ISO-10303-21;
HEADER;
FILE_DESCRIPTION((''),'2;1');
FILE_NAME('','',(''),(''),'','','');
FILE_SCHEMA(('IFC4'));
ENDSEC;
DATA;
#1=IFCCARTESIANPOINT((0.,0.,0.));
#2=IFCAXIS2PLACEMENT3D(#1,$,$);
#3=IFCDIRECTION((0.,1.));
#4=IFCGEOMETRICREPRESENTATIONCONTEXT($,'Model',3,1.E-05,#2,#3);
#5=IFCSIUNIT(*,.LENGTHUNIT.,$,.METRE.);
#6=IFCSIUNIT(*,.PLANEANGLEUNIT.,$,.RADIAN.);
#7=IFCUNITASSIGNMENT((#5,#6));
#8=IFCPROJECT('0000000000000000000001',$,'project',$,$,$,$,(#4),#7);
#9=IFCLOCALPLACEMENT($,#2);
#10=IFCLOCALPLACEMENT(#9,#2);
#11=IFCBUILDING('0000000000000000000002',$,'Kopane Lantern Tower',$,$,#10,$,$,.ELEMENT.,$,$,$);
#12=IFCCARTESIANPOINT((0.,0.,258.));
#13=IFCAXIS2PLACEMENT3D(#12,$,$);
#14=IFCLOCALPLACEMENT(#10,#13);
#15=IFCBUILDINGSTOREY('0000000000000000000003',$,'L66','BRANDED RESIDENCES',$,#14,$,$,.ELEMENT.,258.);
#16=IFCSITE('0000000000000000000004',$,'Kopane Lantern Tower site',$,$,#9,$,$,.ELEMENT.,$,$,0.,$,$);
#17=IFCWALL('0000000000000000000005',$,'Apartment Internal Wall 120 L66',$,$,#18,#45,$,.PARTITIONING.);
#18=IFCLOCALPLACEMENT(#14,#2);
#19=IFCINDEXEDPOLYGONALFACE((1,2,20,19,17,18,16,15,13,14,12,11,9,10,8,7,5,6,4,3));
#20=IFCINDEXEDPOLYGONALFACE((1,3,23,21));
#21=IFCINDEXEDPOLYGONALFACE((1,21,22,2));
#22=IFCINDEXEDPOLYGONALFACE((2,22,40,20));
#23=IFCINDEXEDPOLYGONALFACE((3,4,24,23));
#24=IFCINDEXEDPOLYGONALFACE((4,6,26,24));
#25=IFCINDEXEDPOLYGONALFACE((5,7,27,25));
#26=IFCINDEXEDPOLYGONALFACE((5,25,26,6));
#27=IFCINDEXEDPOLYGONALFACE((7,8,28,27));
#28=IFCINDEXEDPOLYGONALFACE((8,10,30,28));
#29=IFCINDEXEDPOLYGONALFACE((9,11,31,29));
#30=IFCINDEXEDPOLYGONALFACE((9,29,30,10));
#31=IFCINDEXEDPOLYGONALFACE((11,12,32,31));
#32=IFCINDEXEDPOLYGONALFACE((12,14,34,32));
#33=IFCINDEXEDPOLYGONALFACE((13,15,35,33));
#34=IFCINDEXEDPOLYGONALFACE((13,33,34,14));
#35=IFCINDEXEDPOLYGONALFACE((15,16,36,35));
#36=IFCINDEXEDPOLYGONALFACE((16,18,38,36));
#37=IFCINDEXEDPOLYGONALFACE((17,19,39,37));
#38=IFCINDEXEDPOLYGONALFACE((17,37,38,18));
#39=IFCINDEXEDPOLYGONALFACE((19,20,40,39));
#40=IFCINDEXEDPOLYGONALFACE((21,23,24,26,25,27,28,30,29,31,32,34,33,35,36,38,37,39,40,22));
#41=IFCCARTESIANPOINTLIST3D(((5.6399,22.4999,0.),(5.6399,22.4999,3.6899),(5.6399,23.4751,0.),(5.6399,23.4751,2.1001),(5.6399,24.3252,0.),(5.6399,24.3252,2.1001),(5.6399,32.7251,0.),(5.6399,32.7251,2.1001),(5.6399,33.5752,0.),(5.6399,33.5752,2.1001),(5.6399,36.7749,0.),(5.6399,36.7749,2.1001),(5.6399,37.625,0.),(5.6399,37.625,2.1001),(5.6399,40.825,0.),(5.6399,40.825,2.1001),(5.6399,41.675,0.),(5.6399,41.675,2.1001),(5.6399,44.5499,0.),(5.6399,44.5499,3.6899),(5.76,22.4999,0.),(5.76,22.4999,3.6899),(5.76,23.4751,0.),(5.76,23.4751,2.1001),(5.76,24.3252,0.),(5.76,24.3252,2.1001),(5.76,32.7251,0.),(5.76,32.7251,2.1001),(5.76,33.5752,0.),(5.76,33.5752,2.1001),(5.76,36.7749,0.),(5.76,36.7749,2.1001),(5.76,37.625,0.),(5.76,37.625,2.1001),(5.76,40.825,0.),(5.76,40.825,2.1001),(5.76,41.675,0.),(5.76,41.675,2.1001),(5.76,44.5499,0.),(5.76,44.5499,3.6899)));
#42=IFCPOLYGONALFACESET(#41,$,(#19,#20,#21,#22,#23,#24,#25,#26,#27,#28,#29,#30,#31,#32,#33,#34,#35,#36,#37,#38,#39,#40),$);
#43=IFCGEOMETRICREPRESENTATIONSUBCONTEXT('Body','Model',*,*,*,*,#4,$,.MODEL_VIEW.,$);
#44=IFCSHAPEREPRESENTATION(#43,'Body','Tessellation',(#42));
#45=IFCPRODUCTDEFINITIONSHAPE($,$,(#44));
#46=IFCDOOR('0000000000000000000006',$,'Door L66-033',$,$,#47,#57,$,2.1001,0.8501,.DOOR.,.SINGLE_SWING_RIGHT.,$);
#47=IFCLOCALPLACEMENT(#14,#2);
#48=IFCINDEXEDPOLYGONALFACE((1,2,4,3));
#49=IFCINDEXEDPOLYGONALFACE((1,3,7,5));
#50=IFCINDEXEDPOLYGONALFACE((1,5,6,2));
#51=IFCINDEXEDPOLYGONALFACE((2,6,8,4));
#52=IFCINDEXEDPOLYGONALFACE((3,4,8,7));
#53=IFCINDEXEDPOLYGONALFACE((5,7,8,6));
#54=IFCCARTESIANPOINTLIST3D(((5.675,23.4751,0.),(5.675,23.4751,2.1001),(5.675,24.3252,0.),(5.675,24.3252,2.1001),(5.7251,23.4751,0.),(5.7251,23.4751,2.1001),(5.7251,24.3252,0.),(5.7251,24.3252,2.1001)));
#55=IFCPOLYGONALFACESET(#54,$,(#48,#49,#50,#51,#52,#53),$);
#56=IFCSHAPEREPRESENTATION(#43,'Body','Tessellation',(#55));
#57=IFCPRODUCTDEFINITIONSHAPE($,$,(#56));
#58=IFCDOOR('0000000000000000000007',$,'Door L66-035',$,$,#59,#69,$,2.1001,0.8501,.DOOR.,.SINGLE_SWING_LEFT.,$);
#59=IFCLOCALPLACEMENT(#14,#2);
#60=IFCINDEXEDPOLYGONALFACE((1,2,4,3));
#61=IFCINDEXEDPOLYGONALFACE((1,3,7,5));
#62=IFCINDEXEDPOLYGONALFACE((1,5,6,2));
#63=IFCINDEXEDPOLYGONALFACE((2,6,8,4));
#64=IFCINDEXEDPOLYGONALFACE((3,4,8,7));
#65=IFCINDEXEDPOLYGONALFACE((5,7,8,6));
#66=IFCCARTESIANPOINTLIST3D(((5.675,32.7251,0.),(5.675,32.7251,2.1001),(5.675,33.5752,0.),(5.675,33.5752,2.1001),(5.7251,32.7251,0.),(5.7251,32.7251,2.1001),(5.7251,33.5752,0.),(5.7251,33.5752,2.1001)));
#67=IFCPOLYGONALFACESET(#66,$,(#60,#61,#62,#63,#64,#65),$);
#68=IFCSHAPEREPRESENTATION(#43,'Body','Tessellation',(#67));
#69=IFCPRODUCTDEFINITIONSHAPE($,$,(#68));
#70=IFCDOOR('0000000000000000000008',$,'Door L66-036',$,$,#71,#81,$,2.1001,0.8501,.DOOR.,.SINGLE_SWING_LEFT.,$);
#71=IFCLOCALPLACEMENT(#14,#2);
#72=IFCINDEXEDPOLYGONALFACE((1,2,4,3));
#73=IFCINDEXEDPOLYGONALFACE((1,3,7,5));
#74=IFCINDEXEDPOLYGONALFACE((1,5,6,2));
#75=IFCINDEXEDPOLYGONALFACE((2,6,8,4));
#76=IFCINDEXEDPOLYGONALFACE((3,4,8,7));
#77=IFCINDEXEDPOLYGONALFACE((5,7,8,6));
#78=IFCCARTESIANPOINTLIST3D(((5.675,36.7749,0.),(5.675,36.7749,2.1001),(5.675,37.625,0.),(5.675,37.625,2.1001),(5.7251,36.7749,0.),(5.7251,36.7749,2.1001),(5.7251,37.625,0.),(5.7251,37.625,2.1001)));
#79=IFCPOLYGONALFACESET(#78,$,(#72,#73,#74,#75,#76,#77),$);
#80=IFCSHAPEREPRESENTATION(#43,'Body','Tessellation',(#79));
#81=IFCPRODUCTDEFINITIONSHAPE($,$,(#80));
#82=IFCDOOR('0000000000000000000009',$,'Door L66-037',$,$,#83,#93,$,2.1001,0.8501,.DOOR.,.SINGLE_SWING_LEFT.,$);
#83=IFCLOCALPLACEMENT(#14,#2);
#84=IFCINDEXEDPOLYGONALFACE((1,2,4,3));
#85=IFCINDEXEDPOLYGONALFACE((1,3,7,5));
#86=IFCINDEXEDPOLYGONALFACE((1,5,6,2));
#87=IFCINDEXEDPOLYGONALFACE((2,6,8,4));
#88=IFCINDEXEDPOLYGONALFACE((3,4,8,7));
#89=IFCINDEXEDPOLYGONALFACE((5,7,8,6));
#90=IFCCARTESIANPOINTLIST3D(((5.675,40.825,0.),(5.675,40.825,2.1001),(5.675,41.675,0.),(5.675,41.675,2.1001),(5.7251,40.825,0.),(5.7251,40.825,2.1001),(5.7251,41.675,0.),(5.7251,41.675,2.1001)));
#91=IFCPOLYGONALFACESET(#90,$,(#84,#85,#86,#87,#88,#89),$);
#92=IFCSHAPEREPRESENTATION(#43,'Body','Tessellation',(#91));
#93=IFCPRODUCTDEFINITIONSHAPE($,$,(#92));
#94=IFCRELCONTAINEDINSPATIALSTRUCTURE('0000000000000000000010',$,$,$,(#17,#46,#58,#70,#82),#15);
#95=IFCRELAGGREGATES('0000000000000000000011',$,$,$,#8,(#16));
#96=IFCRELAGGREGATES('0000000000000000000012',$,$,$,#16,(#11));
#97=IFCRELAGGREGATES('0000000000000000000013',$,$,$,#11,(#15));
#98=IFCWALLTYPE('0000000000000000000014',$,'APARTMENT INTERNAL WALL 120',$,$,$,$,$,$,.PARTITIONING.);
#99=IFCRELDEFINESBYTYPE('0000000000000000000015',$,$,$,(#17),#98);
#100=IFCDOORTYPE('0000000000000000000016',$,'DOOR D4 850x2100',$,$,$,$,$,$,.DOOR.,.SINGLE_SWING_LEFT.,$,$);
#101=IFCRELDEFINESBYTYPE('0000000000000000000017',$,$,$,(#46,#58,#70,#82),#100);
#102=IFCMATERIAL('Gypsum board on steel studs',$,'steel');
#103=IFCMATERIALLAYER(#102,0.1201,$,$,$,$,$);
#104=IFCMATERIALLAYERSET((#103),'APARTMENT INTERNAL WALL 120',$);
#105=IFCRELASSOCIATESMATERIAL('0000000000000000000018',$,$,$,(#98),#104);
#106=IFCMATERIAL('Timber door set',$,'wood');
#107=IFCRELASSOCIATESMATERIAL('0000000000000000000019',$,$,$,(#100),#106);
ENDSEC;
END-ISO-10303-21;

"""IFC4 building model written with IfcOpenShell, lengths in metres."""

from ifc_helpers import new_model, si_unit, direction, frame, frame_2d, origin, place, context, subcontext, project, spatial, rectangle, extrude, material, layer, layer_set, type_object, element, fill, save


model = new_model("IFC4")

# Units and contexts
model_context = context("Model", 3, precision=1e-05, world=origin(), true_north=direction((0.0, 1.0)))
body_context = subcontext(model_context, "Body", "Model", "MODEL_VIEW")
ifc_project = project(units=[si_unit("LENGTHUNIT", "METRE"), si_unit("PLANEANGLEUNIT", "RADIAN")], contexts=[model_context])

# Site, building, storey
site_placement = place(None, origin())
site = spatial("IfcSite", under=ifc_project, at=site_placement, Name="Kopane Lantern Tower site", CompositionType="ELEMENT", RefElevation=0.0)
building_placement = place(site_placement, origin())
building = spatial("IfcBuilding", under=site, at=building_placement, Name="Kopane Lantern Tower", CompositionType="ELEMENT")
storey_placement = place(building_placement, frame((0.0, 0.0, 258.0)))
storey = spatial("IfcBuildingStorey", under=building, at=storey_placement, Name="L66", Description="BRANDED RESIDENCES", CompositionType="ELEMENT", Elevation=258.0)

# Wall, openings, doors
ifc_material_1 = material(Name="Gypsum board on steel studs", Category="steel")
ifc_layer_1 = layer(ifc_material_1, 0.1201)
ifc_layer_set_1 = layer_set([ifc_layer_1], Name="APARTMENT INTERNAL WALL 120")
wall_type_1 = type_object("IfcWallType", Name="APARTMENT INTERNAL WALL 120", PredefinedType="PARTITIONING", material=ifc_layer_set_1)
wall_1_placement = place(storey_placement, frame((5.7, 22.5, 0.0), z_axis=(0.0, 0.0, 1.0), x_axis=(0.0, 1.0, 0.0)))
wall_1 = element("IfcWall", 1, at=wall_1_placement, inside=storey, type_object=wall_type_1, Name="Apartment Internal Wall 120 L66", PredefinedType="PARTITIONING", context=body_context, shape_type="SweptSolid", body=[
    extrude(rectangle(XDim=22.05, YDim=0.1201, at=frame_2d((11.0249, 0.0))), origin(), (0.0, 0.0, 1.0), 3.6899),
])
opening_1_placement = place(wall_1_placement, frame((0.9751, 0.0, 0.0)))
opening_1 = element("IfcOpeningElement", 2, at=opening_1_placement, cuts=wall_1, PredefinedType="OPENING", context=body_context, shape_type="SweptSolid", body=[
    extrude(rectangle(XDim=0.8501, YDim=2.1001, at=frame_2d((0.425, 1.05))), frame((0.0, 0.0701, 0.0), z_axis=(0.0, -1.0, 0.0), x_axis=(1.0, 0.0, 0.0)), (0.0, 0.0, 1.0), 0.1401),
])
opening_2_placement = place(wall_1_placement, frame((10.2251, 0.0, 0.0)))
opening_2 = element("IfcOpeningElement", 3, at=opening_2_placement, cuts=wall_1, PredefinedType="OPENING", context=body_context, shape_type="SweptSolid", body=[
    extrude(rectangle(XDim=0.8501, YDim=2.1001, at=frame_2d((0.425, 1.05))), frame((0.0, 0.0701, 0.0), z_axis=(0.0, -1.0, 0.0), x_axis=(1.0, 0.0, 0.0)), (0.0, 0.0, 1.0), 0.1401),
])
opening_3_placement = place(wall_1_placement, frame((14.2749, 0.0, 0.0)))
opening_3 = element("IfcOpeningElement", 4, at=opening_3_placement, cuts=wall_1, PredefinedType="OPENING", context=body_context, shape_type="SweptSolid", body=[
    extrude(rectangle(XDim=0.8501, YDim=2.1001, at=frame_2d((0.425, 1.05))), frame((0.0, 0.0701, 0.0), z_axis=(0.0, -1.0, 0.0), x_axis=(1.0, 0.0, 0.0)), (0.0, 0.0, 1.0), 0.1401),
])
opening_4_placement = place(wall_1_placement, frame((18.325, 0.0, 0.0)))
opening_4 = element("IfcOpeningElement", 5, at=opening_4_placement, cuts=wall_1, PredefinedType="OPENING", context=body_context, shape_type="SweptSolid", body=[
    extrude(rectangle(XDim=0.8501, YDim=2.1001, at=frame_2d((0.425, 1.05))), frame((0.0, 0.0701, 0.0), z_axis=(0.0, -1.0, 0.0), x_axis=(1.0, 0.0, 0.0)), (0.0, 0.0, 1.0), 0.1401),
])
ifc_material_2 = material(Name="Timber door set", Category="wood")
door_type_1 = type_object("IfcDoorType", Name="DOOR D4 850x2100", OperationType="SINGLE_SWING_LEFT", PredefinedType="DOOR", material=ifc_material_2)
door_1_placement = place(opening_1_placement, origin())
door_1 = element("IfcDoor", 6, at=door_1_placement, inside=storey, type_object=door_type_1, Name="Door L66-033", OperationType="SINGLE_SWING_RIGHT", OverallHeight=2.1001, OverallWidth=0.8501, PredefinedType="DOOR", context=body_context, shape_type="SweptSolid", body=[
    extrude(rectangle(XDim=0.8501, YDim=2.1001, at=frame_2d((0.425, 1.05))), frame((0.0, 0.0249, 0.0), z_axis=(0.0, -1.0, 0.0), x_axis=(1.0, 0.0, 0.0)), (0.0, 0.0, 1.0), 0.05),
])
fill(opening_1, door_1)
door_2_placement = place(opening_2_placement, origin())
door_2 = element("IfcDoor", 7, at=door_2_placement, inside=storey, type_object=door_type_1, Name="Door L66-035", OperationType="SINGLE_SWING_LEFT", OverallHeight=2.1001, OverallWidth=0.8501, PredefinedType="DOOR", context=body_context, shape_type="SweptSolid", body=[
    extrude(rectangle(XDim=0.8501, YDim=2.1001, at=frame_2d((0.425, 1.05))), frame((0.0, 0.0249, 0.0), z_axis=(0.0, -1.0, 0.0), x_axis=(1.0, 0.0, 0.0)), (0.0, 0.0, 1.0), 0.05),
])
fill(opening_2, door_2)
door_3_placement = place(opening_3_placement, origin())
door_3 = element("IfcDoor", 8, at=door_3_placement, inside=storey, type_object=door_type_1, Name="Door L66-036", OperationType="SINGLE_SWING_LEFT", OverallHeight=2.1001, OverallWidth=0.8501, PredefinedType="DOOR", context=body_context, shape_type="SweptSolid", body=[
    extrude(rectangle(XDim=0.8501, YDim=2.1001, at=frame_2d((0.425, 1.05))), frame((0.0, 0.0249, 0.0), z_axis=(0.0, -1.0, 0.0), x_axis=(1.0, 0.0, 0.0)), (0.0, 0.0, 1.0), 0.05),
])
fill(opening_3, door_3)
door_4_placement = place(opening_4_placement, origin())
door_4 = element("IfcDoor", 9, at=door_4_placement, inside=storey, type_object=door_type_1, Name="Door L66-037", OperationType="SINGLE_SWING_LEFT", OverallHeight=2.1001, OverallWidth=0.8501, PredefinedType="DOOR", context=body_context, shape_type="SweptSolid", body=[
    extrude(rectangle(XDim=0.8501, YDim=2.1001, at=frame_2d((0.425, 1.05))), frame((0.0, 0.0249, 0.0), z_axis=(0.0, -1.0, 0.0), x_axis=(1.0, 0.0, 0.0)), (0.0, 0.0, 1.0), 0.05),
])
fill(opening_4, door_4)

save(model, "model.ifc")
